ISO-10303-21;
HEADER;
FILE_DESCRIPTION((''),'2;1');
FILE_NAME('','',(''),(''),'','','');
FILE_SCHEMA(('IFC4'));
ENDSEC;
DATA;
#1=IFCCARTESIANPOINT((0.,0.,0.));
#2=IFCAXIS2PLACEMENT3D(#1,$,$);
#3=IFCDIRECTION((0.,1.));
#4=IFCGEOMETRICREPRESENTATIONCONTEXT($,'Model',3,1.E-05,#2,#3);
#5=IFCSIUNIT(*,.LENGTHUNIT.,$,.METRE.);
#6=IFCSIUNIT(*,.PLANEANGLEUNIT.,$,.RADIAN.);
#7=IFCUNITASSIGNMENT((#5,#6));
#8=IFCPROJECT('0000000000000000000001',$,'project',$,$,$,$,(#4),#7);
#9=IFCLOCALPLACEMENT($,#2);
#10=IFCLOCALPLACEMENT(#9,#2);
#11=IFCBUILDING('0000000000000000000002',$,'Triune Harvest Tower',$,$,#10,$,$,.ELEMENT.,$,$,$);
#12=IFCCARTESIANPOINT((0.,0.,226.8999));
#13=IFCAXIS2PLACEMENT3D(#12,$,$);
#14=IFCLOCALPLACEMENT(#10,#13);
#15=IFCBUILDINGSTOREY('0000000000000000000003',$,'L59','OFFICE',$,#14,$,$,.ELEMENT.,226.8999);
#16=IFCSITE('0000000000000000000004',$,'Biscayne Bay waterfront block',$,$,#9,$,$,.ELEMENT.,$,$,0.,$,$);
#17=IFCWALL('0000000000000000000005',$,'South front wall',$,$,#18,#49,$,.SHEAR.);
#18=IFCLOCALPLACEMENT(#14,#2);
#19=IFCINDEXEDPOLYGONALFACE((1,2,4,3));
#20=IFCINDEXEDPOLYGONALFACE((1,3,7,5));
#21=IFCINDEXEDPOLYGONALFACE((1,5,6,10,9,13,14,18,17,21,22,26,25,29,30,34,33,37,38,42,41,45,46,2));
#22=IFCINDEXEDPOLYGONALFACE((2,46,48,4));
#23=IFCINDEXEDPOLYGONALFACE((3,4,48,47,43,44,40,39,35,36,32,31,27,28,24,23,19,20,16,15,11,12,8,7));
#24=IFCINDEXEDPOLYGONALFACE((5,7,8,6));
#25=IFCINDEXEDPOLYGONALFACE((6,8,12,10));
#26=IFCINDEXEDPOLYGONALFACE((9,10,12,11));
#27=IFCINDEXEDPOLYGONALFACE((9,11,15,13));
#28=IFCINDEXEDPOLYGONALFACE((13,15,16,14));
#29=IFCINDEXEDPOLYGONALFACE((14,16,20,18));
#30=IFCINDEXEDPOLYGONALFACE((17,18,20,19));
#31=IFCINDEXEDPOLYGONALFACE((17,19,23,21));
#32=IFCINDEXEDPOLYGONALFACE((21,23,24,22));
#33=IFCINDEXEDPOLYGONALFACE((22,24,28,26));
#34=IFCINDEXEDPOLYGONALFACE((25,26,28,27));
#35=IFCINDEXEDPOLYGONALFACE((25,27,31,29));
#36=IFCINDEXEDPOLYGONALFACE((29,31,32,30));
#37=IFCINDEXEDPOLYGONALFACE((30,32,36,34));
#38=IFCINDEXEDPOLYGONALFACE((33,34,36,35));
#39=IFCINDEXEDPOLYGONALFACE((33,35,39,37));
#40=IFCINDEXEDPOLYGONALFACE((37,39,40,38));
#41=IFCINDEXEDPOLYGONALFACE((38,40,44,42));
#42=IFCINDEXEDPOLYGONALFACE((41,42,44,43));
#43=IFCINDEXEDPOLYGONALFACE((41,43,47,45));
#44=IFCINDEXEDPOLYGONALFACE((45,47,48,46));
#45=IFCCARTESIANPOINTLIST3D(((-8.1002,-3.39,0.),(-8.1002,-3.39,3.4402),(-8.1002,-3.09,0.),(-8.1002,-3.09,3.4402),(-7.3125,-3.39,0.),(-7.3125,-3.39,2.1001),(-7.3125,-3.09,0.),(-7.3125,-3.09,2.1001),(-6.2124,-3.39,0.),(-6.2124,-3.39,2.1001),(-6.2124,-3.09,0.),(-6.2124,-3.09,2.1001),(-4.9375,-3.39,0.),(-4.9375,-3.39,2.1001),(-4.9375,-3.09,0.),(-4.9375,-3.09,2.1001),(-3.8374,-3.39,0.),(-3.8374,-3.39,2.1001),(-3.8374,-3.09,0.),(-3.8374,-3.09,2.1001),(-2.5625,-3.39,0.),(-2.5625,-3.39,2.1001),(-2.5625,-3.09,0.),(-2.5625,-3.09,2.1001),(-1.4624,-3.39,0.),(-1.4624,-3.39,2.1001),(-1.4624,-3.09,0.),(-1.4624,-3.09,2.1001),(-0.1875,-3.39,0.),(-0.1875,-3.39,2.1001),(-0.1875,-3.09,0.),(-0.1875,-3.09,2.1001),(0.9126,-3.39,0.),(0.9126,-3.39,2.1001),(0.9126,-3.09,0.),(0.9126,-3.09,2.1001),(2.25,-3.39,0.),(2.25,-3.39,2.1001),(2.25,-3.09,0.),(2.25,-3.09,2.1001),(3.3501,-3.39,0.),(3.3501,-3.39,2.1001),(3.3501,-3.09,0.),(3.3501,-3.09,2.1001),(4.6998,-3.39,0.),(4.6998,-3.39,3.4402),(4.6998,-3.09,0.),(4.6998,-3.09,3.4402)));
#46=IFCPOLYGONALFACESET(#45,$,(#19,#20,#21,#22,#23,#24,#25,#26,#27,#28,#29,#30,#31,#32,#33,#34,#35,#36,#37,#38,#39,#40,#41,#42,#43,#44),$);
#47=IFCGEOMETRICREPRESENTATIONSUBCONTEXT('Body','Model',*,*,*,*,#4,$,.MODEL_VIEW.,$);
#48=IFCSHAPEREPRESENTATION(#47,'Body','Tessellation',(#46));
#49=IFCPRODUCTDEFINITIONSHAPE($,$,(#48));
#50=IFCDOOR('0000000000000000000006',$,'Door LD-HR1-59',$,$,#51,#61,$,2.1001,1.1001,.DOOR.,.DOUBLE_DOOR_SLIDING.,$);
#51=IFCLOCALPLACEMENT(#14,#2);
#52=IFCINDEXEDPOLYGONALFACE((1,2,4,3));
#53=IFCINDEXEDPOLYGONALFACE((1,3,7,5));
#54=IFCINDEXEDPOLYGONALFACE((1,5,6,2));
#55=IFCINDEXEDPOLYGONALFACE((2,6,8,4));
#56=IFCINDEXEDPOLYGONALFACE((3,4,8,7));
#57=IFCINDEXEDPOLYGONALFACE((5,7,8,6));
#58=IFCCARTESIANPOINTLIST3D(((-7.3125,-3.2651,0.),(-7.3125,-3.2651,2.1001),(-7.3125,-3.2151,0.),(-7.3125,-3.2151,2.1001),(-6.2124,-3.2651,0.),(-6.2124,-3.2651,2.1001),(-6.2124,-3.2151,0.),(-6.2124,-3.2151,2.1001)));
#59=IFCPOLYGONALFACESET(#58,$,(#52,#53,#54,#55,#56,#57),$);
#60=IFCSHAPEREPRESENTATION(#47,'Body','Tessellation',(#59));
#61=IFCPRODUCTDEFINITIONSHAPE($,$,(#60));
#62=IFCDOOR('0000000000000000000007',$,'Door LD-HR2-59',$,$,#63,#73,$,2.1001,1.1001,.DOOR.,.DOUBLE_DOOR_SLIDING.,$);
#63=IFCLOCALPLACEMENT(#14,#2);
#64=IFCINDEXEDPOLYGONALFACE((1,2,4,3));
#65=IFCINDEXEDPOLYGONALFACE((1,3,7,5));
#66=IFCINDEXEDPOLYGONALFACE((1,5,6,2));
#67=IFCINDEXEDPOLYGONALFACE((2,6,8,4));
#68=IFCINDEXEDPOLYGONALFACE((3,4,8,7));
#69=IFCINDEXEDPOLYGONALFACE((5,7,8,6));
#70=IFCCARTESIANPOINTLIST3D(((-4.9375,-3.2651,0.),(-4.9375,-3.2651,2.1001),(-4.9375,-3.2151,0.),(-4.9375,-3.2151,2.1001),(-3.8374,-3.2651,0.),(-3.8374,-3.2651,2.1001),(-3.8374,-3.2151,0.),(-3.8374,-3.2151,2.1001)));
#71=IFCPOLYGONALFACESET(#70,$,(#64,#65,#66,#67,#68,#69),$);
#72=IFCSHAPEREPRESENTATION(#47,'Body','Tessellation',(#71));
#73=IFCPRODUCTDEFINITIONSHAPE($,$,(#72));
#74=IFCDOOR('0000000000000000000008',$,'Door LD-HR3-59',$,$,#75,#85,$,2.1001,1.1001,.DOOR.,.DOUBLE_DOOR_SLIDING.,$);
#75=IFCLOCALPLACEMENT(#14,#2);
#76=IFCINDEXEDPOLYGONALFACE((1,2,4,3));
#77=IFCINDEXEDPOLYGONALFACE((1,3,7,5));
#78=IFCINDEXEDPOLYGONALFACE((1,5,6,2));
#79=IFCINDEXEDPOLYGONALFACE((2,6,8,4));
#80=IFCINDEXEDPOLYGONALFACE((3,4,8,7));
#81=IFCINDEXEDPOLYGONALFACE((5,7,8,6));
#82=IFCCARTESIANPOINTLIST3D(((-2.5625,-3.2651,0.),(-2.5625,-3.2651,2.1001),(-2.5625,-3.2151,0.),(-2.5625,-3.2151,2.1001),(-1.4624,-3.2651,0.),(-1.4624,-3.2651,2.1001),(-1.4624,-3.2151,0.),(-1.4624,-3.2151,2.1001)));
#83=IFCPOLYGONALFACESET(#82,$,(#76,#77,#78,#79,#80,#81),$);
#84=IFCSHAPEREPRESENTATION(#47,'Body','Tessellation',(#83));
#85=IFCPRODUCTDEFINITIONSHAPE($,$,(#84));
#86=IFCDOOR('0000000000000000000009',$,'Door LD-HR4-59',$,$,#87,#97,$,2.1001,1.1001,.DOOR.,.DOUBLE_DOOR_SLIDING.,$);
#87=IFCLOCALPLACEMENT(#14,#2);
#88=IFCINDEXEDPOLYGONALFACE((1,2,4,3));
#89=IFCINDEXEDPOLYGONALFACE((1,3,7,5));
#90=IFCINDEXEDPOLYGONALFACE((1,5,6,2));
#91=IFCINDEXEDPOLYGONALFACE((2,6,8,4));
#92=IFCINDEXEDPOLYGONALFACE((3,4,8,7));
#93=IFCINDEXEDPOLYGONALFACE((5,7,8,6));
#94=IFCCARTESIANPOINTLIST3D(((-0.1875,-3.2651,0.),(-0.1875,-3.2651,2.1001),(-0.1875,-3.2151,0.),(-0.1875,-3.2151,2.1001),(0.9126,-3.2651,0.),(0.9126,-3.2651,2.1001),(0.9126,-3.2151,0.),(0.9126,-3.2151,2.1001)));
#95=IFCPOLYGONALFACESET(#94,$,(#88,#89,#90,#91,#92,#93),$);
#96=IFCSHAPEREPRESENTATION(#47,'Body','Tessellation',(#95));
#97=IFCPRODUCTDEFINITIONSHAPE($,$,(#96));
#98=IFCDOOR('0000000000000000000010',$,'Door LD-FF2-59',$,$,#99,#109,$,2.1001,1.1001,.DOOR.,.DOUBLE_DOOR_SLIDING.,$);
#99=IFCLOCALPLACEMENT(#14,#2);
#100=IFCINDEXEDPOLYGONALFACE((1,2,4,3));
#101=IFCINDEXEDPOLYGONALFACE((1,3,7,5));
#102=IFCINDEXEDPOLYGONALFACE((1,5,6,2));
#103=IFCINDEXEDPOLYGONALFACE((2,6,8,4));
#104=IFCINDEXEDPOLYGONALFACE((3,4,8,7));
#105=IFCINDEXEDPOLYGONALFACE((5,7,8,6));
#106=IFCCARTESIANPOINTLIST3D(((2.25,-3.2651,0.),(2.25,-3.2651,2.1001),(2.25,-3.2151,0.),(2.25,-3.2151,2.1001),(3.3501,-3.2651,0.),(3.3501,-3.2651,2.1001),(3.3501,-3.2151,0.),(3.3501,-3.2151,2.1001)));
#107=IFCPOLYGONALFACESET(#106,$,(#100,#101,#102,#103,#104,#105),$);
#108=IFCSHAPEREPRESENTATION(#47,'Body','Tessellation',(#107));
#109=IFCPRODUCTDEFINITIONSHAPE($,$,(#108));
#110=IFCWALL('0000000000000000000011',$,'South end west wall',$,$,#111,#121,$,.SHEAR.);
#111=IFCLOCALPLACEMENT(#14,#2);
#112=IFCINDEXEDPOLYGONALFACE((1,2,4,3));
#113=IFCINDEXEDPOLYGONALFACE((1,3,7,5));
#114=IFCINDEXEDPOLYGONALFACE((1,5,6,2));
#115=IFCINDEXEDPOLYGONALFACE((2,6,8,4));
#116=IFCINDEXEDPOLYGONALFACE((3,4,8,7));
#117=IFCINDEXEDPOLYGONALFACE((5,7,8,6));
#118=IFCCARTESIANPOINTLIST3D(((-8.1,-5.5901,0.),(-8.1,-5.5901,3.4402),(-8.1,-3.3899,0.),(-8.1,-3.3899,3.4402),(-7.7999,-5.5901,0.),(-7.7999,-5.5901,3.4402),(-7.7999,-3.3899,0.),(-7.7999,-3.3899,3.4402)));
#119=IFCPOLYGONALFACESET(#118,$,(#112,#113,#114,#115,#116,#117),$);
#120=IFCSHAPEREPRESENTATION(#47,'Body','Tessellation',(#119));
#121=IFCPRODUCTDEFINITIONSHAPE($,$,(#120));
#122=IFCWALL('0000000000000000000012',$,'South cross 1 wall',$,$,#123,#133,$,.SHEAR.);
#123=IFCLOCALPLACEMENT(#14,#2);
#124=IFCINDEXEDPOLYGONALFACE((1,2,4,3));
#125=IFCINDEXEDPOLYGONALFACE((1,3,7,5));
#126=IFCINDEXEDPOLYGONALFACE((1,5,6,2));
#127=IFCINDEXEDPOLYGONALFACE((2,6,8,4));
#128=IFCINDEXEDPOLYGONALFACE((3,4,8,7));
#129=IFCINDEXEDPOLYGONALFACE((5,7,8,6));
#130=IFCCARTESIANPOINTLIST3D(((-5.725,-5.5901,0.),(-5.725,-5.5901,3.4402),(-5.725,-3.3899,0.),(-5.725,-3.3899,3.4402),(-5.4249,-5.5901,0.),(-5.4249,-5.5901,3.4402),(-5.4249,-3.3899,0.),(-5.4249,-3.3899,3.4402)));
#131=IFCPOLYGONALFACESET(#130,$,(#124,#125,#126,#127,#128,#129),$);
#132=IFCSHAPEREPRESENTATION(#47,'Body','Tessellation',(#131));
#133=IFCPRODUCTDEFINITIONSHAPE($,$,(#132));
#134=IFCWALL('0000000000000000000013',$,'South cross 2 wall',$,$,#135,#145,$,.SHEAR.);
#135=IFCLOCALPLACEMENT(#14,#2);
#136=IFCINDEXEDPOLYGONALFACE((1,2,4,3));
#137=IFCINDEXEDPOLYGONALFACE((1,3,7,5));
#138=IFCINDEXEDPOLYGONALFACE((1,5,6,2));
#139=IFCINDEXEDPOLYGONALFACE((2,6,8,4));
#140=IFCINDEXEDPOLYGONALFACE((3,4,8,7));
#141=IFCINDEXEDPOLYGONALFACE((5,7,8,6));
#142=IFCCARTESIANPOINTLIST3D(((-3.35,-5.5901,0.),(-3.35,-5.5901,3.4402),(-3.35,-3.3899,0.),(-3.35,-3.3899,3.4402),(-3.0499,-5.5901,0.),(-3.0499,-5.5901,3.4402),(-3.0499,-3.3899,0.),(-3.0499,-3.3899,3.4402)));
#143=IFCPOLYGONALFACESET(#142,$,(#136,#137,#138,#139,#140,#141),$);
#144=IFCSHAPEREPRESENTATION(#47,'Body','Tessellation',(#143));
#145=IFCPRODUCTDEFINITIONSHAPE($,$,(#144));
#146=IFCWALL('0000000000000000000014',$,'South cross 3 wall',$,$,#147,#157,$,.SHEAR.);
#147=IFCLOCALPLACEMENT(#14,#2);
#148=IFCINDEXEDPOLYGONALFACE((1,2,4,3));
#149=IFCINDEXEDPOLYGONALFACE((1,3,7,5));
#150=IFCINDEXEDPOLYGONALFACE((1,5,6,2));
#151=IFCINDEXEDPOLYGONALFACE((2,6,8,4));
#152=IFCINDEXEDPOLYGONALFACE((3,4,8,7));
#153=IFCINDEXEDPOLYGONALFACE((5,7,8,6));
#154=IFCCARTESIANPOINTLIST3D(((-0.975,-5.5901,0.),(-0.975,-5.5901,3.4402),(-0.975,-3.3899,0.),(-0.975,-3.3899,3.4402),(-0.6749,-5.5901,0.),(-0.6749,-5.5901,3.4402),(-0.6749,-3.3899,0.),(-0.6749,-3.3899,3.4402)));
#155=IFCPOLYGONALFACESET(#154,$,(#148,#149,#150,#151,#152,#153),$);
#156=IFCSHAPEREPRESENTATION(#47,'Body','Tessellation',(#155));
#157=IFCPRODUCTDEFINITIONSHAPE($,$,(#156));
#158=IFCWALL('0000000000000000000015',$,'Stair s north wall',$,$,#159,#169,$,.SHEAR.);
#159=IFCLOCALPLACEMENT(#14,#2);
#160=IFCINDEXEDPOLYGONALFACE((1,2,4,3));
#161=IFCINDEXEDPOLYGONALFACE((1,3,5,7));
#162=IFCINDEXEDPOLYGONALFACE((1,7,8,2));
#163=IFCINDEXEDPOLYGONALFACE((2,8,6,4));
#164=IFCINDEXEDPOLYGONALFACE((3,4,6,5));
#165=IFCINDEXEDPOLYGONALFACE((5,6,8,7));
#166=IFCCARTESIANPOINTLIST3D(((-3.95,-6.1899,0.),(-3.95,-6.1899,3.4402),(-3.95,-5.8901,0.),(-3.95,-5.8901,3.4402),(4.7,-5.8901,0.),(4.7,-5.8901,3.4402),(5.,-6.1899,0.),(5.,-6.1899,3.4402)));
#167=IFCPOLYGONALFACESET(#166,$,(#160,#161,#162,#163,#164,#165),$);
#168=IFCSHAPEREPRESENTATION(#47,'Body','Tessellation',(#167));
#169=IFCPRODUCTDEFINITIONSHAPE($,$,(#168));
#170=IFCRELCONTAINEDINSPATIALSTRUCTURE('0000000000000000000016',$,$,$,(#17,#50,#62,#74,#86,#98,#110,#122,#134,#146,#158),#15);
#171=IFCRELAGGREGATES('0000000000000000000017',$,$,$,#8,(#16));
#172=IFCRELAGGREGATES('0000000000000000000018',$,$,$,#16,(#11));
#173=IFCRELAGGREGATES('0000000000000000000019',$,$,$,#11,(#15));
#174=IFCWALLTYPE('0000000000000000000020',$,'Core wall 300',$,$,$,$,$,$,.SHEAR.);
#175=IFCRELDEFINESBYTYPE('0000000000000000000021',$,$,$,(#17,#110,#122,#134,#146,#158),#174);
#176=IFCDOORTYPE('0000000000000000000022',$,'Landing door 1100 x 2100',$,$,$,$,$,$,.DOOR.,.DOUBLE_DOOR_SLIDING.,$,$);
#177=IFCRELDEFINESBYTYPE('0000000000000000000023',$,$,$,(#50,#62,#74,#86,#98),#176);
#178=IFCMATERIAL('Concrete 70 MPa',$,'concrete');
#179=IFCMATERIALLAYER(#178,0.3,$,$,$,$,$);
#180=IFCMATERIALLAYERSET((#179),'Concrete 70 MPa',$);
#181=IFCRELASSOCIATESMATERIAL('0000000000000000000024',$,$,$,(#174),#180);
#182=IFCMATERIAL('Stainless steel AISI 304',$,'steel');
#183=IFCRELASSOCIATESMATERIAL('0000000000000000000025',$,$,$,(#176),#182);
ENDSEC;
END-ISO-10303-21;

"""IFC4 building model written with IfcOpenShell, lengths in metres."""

from ifc_helpers import new_model, si_unit, direction, frame, frame_2d, origin, place, context, subcontext, project, spatial, polyline, rectangle, outline, extrude, source, transform, mapped, material, layer, layer_set, type_object, element, fill, save


model = new_model("IFC4")

# Units and contexts
model_context = context("Model", 3, precision=1e-05, world=origin(), true_north=direction((0.0, 1.0)))
body_context = subcontext(model_context, "Body", "Model", "MODEL_VIEW")
ifc_project = project(units=[si_unit("LENGTHUNIT", "METRE"), si_unit("PLANEANGLEUNIT", "RADIAN")], contexts=[model_context])

# Site, building, storey
site_placement = place(None, origin())
site = spatial("IfcSite", under=ifc_project, at=site_placement, Name="Biscayne Bay waterfront block", CompositionType="ELEMENT", RefElevation=0.0)
building_placement = place(site_placement, origin())
building = spatial("IfcBuilding", under=site, at=building_placement, Name="Triune Harvest Tower", CompositionType="ELEMENT")
storey_placement = place(building_placement, frame((0.0, 0.0, 226.8999)))
storey = spatial("IfcBuildingStorey", under=building, at=storey_placement, Name="L59", Description="OFFICE", CompositionType="ELEMENT", Elevation=226.8999)

# Wall, openings, doors
ifc_material_1 = material(Name="Concrete 70 MPa", Category="concrete")
ifc_layer_1 = layer(ifc_material_1, 0.3)
ifc_layer_set_1 = layer_set([ifc_layer_1], Name="Concrete 70 MPa")
wall_type_1 = type_object("IfcWallType", Name="Core wall 300", PredefinedType="SHEAR", material=ifc_layer_set_1)
shared_shape_1 = source(origin(), body_context, "Body", "SweptSolid", [
    extrude(rectangle(XDim=12.8, YDim=0.3, at=frame_2d((6.3999, 0.0))), origin(), (0.0, 0.0, 1.0), 3.4402),
])
wall_1_placement = place(storey_placement, frame((-8.1001, -3.24, 0.0), z_axis=(0.0, 0.0, 1.0), x_axis=(1.0, 0.0, 0.0)))
wall_1 = element("IfcWall", 1, at=wall_1_placement, inside=storey, type_object=wall_type_1, Name="South front wall", PredefinedType="SHEAR", context=body_context, shape_type="MappedRepresentation", body=[
    mapped(shared_shape_1, transform((0.0, 0.0, 0.0), scale=1.0)),
])
opening_1_placement = place(wall_1_placement, frame((0.7876, 0.0, 0.0)))
opening_1 = element("IfcOpeningElement", 2, at=opening_1_placement, cuts=wall_1, PredefinedType="OPENING", context=body_context, shape_type="SweptSolid", body=[
    extrude(rectangle(XDim=1.1001, YDim=2.1001, at=frame_2d((0.55, 1.05))), frame((0.0, 0.1602, 0.0), z_axis=(0.0, -1.0, 0.0), x_axis=(1.0, 0.0, 0.0)), (0.0, 0.0, 1.0), 0.3201),
])
opening_2_placement = place(wall_1_placement, frame((3.1626, 0.0, 0.0)))
opening_2 = element("IfcOpeningElement", 3, at=opening_2_placement, cuts=wall_1, PredefinedType="OPENING", context=body_context, shape_type="SweptSolid", body=[
    extrude(rectangle(XDim=1.1001, YDim=2.1001, at=frame_2d((0.55, 1.05))), frame((0.0, 0.1602, 0.0), z_axis=(0.0, -1.0, 0.0), x_axis=(1.0, 0.0, 0.0)), (0.0, 0.0, 1.0), 0.3201),
])
opening_3_placement = place(wall_1_placement, frame((5.5376, 0.0, 0.0)))
opening_3 = element("IfcOpeningElement", 4, at=opening_3_placement, cuts=wall_1, PredefinedType="OPENING", context=body_context, shape_type="SweptSolid", body=[
    extrude(rectangle(XDim=1.1001, YDim=2.1001, at=frame_2d((0.55, 1.05))), frame((0.0, 0.1602, 0.0), z_axis=(0.0, -1.0, 0.0), x_axis=(1.0, 0.0, 0.0)), (0.0, 0.0, 1.0), 0.3201),
])
opening_4_placement = place(wall_1_placement, frame((7.9126, 0.0, 0.0)))
opening_4 = element("IfcOpeningElement", 5, at=opening_4_placement, cuts=wall_1, PredefinedType="OPENING", context=body_context, shape_type="SweptSolid", body=[
    extrude(rectangle(XDim=1.1001, YDim=2.1001, at=frame_2d((0.55, 1.05))), frame((0.0, 0.1602, 0.0), z_axis=(0.0, -1.0, 0.0), x_axis=(1.0, 0.0, 0.0)), (0.0, 0.0, 1.0), 0.3201),
])
opening_5_placement = place(wall_1_placement, frame((10.3501, 0.0, 0.0)))
opening_5 = element("IfcOpeningElement", 6, at=opening_5_placement, cuts=wall_1, PredefinedType="OPENING", context=body_context, shape_type="SweptSolid", body=[
    extrude(rectangle(XDim=1.1001, YDim=2.1001, at=frame_2d((0.55, 1.05))), frame((0.0, 0.1602, 0.0), z_axis=(0.0, -1.0, 0.0), x_axis=(1.0, 0.0, 0.0)), (0.0, 0.0, 1.0), 0.3201),
])
ifc_material_2 = material(Name="Stainless steel AISI 304", Category="steel")
door_type_1 = type_object("IfcDoorType", Name="Landing door 1100 x 2100", OperationType="DOUBLE_DOOR_SLIDING", PredefinedType="DOOR", material=ifc_material_2)
door_1_placement = place(opening_1_placement, origin())
door_1 = element("IfcDoor", 7, at=door_1_placement, inside=storey, type_object=door_type_1, Name="Door LD-HR1-59", OperationType="DOUBLE_DOOR_SLIDING", OverallHeight=2.1001, OverallWidth=1.1001, PredefinedType="DOOR", context=body_context, shape_type="SweptSolid", body=[
    extrude(rectangle(XDim=1.1001, YDim=2.1001, at=frame_2d((0.55, 1.05))), frame((0.0, 0.0249, 0.0), z_axis=(0.0, -1.0, 0.0), x_axis=(1.0, 0.0, 0.0)), (0.0, 0.0, 1.0), 0.05),
])
fill(opening_1, door_1)
door_2_placement = place(opening_2_placement, origin())
door_2 = element("IfcDoor", 8, at=door_2_placement, inside=storey, type_object=door_type_1, Name="Door LD-HR2-59", OperationType="DOUBLE_DOOR_SLIDING", OverallHeight=2.1001, OverallWidth=1.1001, PredefinedType="DOOR", context=body_context, shape_type="SweptSolid", body=[
    extrude(rectangle(XDim=1.1001, YDim=2.1001, at=frame_2d((0.55, 1.05))), frame((0.0, 0.0249, 0.0), z_axis=(0.0, -1.0, 0.0), x_axis=(1.0, 0.0, 0.0)), (0.0, 0.0, 1.0), 0.05),
])
fill(opening_2, door_2)
door_3_placement = place(opening_3_placement, origin())
door_3 = element("IfcDoor", 9, at=door_3_placement, inside=storey, type_object=door_type_1, Name="Door LD-HR3-59", OperationType="DOUBLE_DOOR_SLIDING", OverallHeight=2.1001, OverallWidth=1.1001, PredefinedType="DOOR", context=body_context, shape_type="SweptSolid", body=[
    extrude(rectangle(XDim=1.1001, YDim=2.1001, at=frame_2d((0.55, 1.05))), frame((0.0, 0.0249, 0.0), z_axis=(0.0, -1.0, 0.0), x_axis=(1.0, 0.0, 0.0)), (0.0, 0.0, 1.0), 0.05),
])
fill(opening_3, door_3)
door_4_placement = place(opening_4_placement, origin())
door_4 = element("IfcDoor", 10, at=door_4_placement, inside=storey, type_object=door_type_1, Name="Door LD-HR4-59", OperationType="DOUBLE_DOOR_SLIDING", OverallHeight=2.1001, OverallWidth=1.1001, PredefinedType="DOOR", context=body_context, shape_type="SweptSolid", body=[
    extrude(rectangle(XDim=1.1001, YDim=2.1001, at=frame_2d((0.55, 1.05))), frame((0.0, 0.0249, 0.0), z_axis=(0.0, -1.0, 0.0), x_axis=(1.0, 0.0, 0.0)), (0.0, 0.0, 1.0), 0.05),
])
fill(opening_4, door_4)
door_5_placement = place(opening_5_placement, origin())
door_5 = element("IfcDoor", 11, at=door_5_placement, inside=storey, type_object=door_type_1, Name="Door LD-FF2-59", OperationType="DOUBLE_DOOR_SLIDING", OverallHeight=2.1001, OverallWidth=1.1001, PredefinedType="DOOR", context=body_context, shape_type="SweptSolid", body=[
    extrude(rectangle(XDim=1.1001, YDim=2.1001, at=frame_2d((0.55, 1.05))), frame((0.0, 0.0249, 0.0), z_axis=(0.0, -1.0, 0.0), x_axis=(1.0, 0.0, 0.0)), (0.0, 0.0, 1.0), 0.05),
])
fill(opening_5, door_5)

# Walls
shared_shape_2 = source(origin(), body_context, "Body", "SweptSolid", [
    extrude(rectangle(XDim=2.2002, YDim=0.3, at=frame_2d((1.1001, 0.0))), origin(), (0.0, 0.0, 1.0), 3.4402),
])
for number, where, z_axis, x_axis, name in (
    (12, (-7.95, -5.5901, 0.0), (0.0, 0.0, 1.0), (0.0, 1.0, 0.0), "South end west wall"),
    (13, (-5.575, -5.5901, 0.0), (0.0, 0.0, 1.0), (0.0, 1.0, 0.0), "South cross 1 wall"),
    (14, (-3.2, -5.5901, 0.0), (0.0, 0.0, 1.0), (0.0, 1.0, 0.0), "South cross 2 wall"),
    (15, (-0.825, -5.5901, 0.0), (0.0, 0.0, 1.0), (0.0, 1.0, 0.0), "South cross 3 wall"),
):
    element("IfcWall", number, at=place(storey_placement, frame(where, z_axis=z_axis, x_axis=x_axis)), inside=storey, type_object=wall_type_1, Name=name, PredefinedType="SHEAR", context=body_context, shape_type="MappedRepresentation", body=[
        mapped(shared_shape_2, transform((0.0, 0.0, 0.0), scale=1.0)),
    ])
shared_shape_3 = source(origin(), body_context, "Body", "SweptSolid", [
    extrude(outline(polyline([(0.0, -0.1499), (8.95, -0.1499), (8.6499, 0.1499), (0.0, 0.1499), (0.0, -0.1499)])), origin(), (0.0, 0.0, 1.0), 3.4402),
])
wall_2_placement = place(storey_placement, frame((-3.95, -6.04, 0.0), z_axis=(0.0, 0.0, 1.0), x_axis=(1.0, 0.0, 0.0)))
element("IfcWall", 16, at=wall_2_placement, inside=storey, type_object=wall_type_1, Name="Stair s north wall", PredefinedType="SHEAR", context=body_context, shape_type="MappedRepresentation", body=[
    mapped(shared_shape_3, transform((0.0, 0.0, 0.0), scale=1.0)),
])

save(model, "model.ifc")
